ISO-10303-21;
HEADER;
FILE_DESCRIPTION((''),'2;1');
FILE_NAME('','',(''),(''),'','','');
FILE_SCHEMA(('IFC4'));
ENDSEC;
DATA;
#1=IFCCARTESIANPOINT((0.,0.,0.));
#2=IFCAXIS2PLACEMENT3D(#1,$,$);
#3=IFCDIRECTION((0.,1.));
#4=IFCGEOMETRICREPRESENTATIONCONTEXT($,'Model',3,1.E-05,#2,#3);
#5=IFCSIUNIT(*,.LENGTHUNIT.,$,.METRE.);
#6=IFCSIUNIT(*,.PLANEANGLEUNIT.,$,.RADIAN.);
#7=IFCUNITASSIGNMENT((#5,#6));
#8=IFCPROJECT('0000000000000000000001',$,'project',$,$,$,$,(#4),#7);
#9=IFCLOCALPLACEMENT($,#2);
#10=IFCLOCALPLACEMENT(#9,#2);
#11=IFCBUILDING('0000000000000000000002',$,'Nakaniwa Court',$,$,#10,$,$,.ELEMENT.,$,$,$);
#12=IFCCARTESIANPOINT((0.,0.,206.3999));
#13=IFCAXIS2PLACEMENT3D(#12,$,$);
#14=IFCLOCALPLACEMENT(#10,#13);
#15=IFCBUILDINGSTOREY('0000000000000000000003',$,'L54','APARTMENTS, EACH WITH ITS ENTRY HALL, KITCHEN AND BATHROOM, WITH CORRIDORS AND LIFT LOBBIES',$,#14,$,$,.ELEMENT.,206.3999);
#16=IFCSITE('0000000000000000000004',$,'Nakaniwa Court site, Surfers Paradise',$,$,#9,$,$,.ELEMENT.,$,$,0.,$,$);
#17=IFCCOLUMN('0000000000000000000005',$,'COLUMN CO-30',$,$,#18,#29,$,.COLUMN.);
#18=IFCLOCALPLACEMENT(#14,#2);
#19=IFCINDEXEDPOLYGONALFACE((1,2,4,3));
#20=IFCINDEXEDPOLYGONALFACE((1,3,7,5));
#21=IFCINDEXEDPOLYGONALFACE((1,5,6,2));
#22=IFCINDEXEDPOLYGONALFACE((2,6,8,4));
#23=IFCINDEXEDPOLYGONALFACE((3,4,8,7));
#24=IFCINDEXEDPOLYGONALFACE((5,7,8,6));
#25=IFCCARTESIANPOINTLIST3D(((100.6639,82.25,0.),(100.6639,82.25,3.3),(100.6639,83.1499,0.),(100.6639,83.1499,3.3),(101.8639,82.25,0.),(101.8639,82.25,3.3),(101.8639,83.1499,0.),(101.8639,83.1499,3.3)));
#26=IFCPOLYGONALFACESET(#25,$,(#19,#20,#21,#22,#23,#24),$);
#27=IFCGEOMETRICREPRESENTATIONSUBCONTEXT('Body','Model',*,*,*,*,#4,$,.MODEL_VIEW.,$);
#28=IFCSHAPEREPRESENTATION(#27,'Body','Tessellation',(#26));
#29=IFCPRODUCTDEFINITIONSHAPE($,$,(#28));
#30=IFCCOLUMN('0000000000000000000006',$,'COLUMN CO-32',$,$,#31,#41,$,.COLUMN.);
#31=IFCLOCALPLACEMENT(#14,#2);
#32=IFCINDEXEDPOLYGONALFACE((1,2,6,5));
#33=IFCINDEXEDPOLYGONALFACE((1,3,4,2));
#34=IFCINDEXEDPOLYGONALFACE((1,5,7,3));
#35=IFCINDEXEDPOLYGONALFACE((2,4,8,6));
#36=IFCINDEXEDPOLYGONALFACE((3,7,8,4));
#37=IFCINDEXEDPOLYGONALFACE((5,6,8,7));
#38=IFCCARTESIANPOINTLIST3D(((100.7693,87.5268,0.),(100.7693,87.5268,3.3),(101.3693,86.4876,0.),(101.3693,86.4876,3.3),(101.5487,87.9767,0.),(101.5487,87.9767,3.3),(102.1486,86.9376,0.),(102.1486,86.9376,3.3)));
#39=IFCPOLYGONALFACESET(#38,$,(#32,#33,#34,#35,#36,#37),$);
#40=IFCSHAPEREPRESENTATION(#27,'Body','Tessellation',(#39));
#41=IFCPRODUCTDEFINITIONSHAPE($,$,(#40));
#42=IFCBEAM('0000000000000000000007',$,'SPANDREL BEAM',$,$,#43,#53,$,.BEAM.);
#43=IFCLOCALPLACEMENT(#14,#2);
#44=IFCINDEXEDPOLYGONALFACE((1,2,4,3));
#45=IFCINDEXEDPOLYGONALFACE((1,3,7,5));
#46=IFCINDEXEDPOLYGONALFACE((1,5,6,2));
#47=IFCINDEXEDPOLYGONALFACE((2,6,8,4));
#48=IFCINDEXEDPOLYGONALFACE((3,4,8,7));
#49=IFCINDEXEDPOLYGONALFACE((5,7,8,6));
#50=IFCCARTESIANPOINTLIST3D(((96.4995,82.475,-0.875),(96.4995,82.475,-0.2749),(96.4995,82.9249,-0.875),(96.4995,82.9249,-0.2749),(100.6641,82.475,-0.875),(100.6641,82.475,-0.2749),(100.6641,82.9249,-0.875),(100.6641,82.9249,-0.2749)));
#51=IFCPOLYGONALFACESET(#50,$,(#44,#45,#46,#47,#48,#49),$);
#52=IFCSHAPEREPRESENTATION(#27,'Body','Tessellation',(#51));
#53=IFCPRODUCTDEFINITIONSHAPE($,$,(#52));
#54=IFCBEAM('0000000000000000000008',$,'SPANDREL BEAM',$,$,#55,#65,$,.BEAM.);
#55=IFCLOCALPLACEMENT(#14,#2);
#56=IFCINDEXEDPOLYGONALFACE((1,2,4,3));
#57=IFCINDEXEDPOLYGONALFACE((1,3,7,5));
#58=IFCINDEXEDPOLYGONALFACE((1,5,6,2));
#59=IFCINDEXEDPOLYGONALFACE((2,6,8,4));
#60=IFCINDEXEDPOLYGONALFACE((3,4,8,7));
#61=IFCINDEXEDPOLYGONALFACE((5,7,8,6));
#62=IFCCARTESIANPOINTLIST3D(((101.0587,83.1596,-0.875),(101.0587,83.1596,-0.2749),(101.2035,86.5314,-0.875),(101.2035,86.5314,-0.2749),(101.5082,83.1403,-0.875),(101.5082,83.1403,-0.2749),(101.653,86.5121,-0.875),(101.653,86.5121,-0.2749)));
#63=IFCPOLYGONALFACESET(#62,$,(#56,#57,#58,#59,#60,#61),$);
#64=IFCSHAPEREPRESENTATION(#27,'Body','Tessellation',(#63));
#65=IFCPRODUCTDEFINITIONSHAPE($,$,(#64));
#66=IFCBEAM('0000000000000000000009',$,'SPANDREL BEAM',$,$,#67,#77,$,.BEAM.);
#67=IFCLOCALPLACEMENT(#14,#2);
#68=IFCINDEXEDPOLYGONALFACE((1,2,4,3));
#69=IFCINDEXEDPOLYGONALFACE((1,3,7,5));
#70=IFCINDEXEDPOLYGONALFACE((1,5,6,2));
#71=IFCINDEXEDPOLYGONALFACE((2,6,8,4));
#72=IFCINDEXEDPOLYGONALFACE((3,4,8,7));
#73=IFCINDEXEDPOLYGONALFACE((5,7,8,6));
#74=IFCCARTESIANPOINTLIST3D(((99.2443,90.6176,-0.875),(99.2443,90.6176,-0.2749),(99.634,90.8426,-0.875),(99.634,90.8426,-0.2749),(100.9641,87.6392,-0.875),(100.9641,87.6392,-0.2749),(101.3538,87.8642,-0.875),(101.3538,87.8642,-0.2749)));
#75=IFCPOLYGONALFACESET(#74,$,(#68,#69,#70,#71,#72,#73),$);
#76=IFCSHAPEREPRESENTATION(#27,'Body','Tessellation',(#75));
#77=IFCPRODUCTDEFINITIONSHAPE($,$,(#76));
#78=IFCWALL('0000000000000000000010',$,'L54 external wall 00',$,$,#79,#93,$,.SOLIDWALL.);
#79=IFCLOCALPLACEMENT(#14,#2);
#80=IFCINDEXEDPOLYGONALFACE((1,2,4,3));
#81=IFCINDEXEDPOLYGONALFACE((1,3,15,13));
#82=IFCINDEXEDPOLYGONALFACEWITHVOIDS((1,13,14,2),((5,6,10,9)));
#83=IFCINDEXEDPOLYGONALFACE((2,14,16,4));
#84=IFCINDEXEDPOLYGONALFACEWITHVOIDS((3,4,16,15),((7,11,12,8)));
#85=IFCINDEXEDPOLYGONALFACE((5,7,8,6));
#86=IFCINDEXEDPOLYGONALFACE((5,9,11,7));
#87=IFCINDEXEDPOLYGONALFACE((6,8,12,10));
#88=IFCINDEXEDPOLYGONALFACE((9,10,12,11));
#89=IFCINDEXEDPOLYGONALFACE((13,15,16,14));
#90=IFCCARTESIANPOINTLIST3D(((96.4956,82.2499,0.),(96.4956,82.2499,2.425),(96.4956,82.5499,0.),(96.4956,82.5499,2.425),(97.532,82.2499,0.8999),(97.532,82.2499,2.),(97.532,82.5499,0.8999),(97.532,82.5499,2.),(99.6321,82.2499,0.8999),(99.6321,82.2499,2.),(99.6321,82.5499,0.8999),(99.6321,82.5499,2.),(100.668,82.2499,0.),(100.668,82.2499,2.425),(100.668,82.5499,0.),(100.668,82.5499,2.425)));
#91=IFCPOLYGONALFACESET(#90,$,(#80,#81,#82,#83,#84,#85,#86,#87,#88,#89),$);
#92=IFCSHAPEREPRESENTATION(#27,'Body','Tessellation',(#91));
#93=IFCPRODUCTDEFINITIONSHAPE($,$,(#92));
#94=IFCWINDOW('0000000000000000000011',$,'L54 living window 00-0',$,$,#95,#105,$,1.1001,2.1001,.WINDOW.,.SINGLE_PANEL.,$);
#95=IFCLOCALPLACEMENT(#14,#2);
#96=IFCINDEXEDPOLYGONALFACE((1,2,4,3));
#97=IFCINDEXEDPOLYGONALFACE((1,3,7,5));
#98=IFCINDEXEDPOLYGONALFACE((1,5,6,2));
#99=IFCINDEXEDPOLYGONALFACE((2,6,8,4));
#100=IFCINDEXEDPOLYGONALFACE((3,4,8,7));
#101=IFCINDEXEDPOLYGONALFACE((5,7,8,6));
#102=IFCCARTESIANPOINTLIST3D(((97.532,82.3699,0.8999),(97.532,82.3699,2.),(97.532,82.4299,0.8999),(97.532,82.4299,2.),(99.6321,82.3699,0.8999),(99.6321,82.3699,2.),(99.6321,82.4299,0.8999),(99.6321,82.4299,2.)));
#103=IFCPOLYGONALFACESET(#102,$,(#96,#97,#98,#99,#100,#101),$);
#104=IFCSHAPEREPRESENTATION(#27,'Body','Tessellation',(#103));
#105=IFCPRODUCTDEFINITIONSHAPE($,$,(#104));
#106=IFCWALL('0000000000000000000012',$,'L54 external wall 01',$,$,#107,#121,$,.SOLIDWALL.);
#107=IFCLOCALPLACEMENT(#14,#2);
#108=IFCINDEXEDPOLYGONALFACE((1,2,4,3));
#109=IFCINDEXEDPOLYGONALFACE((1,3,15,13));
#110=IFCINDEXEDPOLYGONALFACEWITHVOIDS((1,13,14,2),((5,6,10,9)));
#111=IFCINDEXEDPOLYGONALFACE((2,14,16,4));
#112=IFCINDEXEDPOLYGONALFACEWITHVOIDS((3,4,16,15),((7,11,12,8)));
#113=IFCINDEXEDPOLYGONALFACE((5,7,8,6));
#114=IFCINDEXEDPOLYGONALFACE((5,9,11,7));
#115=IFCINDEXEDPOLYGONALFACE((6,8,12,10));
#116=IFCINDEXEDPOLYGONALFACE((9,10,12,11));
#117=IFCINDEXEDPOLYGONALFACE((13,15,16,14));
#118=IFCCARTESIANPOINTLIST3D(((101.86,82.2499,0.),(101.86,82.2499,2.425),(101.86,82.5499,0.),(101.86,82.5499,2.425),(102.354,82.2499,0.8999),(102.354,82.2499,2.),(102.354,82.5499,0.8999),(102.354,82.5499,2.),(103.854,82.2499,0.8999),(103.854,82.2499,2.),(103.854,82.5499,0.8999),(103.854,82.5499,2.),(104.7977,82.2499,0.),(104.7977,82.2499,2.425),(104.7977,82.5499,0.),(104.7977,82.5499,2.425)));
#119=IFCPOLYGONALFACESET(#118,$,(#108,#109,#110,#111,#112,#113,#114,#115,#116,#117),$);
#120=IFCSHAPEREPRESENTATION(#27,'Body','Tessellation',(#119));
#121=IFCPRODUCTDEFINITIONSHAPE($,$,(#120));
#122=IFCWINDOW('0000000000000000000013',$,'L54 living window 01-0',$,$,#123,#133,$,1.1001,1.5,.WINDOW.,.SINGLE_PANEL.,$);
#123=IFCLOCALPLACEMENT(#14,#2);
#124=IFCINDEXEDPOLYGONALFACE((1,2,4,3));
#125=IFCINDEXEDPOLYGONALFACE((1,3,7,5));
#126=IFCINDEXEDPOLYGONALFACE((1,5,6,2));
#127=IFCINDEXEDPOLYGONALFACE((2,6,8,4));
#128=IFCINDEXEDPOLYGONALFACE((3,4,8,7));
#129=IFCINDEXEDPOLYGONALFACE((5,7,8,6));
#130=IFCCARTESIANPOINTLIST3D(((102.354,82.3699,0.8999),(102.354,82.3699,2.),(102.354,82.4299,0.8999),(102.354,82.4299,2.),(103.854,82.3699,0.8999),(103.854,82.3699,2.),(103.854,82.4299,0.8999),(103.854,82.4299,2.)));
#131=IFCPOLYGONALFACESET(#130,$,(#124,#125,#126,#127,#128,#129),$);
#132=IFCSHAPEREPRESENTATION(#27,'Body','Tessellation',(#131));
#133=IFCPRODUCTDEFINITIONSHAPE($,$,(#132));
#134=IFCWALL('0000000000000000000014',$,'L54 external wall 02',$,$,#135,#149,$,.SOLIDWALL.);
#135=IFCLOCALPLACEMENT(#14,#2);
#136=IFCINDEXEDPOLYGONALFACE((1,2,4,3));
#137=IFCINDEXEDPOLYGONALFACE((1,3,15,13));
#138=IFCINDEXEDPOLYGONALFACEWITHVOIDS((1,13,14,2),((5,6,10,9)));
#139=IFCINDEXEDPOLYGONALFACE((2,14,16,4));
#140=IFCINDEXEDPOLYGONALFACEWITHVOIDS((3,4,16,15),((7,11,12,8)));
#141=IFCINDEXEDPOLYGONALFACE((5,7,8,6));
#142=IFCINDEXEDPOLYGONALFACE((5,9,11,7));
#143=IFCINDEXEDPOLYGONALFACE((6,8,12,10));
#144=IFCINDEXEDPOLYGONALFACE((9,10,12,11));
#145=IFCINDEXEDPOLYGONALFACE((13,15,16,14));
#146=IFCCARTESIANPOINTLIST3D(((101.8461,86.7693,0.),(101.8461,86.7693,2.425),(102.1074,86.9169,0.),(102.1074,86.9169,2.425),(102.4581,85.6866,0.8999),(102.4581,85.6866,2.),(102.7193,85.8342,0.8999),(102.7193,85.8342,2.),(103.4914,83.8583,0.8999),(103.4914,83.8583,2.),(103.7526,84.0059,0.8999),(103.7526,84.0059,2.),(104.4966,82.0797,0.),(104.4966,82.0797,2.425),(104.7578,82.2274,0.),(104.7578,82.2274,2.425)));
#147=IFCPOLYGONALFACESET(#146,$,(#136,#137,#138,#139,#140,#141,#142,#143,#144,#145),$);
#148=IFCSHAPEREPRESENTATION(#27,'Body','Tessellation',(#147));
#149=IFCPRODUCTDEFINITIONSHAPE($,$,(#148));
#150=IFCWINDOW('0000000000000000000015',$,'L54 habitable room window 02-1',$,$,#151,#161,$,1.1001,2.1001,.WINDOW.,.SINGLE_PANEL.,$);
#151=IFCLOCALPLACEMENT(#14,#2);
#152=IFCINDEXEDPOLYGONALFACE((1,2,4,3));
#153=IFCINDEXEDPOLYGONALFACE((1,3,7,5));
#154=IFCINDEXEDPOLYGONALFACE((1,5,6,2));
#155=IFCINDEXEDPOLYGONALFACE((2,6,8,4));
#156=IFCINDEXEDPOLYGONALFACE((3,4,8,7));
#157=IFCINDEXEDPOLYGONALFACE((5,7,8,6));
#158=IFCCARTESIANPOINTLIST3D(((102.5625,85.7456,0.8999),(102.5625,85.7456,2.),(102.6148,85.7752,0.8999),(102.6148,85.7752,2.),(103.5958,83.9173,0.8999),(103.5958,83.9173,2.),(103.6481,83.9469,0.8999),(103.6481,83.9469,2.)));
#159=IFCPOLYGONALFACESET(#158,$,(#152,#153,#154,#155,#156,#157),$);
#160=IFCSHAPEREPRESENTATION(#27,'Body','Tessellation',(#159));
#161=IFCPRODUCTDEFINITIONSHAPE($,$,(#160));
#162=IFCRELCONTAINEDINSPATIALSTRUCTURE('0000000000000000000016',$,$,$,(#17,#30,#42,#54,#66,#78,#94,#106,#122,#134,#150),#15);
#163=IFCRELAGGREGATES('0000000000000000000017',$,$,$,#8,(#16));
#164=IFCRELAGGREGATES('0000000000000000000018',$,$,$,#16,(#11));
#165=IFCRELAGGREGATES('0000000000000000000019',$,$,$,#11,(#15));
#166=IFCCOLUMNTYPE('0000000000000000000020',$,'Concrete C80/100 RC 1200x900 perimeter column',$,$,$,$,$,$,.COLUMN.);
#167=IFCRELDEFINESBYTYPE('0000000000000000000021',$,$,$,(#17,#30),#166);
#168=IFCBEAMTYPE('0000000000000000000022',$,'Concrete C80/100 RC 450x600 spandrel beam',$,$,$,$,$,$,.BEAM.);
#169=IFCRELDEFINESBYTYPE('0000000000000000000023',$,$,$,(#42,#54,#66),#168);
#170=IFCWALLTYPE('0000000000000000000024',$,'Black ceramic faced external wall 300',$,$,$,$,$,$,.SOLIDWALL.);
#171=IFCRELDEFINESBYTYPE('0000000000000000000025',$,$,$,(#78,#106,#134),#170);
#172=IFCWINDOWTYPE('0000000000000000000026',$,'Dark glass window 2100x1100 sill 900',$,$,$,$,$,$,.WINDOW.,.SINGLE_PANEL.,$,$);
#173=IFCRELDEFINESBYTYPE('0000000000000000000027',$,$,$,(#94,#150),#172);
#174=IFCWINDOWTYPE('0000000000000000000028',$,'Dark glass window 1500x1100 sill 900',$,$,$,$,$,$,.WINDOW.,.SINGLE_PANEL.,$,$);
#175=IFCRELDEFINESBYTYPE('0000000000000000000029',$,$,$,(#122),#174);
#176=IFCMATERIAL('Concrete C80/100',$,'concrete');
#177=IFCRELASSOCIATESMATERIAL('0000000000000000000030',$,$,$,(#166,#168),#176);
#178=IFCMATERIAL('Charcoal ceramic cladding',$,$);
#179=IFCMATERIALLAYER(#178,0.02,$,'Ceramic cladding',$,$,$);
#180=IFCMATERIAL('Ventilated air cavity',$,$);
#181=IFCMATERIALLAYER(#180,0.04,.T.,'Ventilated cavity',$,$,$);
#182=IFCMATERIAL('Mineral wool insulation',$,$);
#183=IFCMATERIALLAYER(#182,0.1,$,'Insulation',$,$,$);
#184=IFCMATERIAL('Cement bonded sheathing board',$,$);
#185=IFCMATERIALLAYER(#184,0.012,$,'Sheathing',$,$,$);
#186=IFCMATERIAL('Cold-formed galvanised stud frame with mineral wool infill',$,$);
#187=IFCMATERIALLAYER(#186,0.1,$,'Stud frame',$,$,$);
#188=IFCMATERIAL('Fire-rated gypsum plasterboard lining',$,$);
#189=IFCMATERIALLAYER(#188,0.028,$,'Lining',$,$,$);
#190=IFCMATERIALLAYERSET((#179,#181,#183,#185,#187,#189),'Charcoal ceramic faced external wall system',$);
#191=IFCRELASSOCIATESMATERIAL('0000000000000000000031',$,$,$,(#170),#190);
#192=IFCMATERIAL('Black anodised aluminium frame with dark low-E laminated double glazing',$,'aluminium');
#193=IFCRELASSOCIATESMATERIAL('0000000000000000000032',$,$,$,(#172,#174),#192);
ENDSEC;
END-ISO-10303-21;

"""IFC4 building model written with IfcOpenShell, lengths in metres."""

from ifc_helpers import new_model, si_unit, direction, frame, frame_2d, origin, origin_2d, place, context, subcontext, project, spatial, rectangle, extrude, material, layer, layer_set, material_profile, profile_set, type_object, element, fill, save


model = new_model("IFC4")

# Units and contexts
model_context = context("Model", 3, precision=1e-05, world=origin(), true_north=direction((0.0, 1.0)))
body_context = subcontext(model_context, "Body", "Model", "MODEL_VIEW")
ifc_project = project(units=[si_unit("LENGTHUNIT", "METRE"), si_unit("PLANEANGLEUNIT", "RADIAN")], contexts=[model_context])

# Site, building, storey
site_placement = place(None, origin())
site = spatial("IfcSite", under=ifc_project, at=site_placement, Name="Nakaniwa Court site, Surfers Paradise", CompositionType="ELEMENT", RefElevation=0.0)
building_placement = place(site_placement, origin())
building = spatial("IfcBuilding", under=site, at=building_placement, Name="Nakaniwa Court", CompositionType="ELEMENT")
storey_placement = place(building_placement, frame((0.0, 0.0, 206.3999)))
storey = spatial("IfcBuildingStorey", under=building, at=storey_placement, Name="L54", Description="APARTMENTS, EACH WITH ITS ENTRY HALL, KITCHEN AND BATHROOM, WITH CORRIDORS AND LIFT LOBBIES", CompositionType="ELEMENT", Elevation=206.3999)

# Columns
ifc_material_1 = material(Name="Concrete C80/100", Category="concrete")
ifc_material_profile_1 = material_profile(ifc_material_1, rectangle(XDim=1.2, YDim=0.8999, at=origin_2d()), Name="Concrete C80/100 RC 1200x900 perimeter column")
ifc_profile_set_1 = profile_set([ifc_material_profile_1], Name="Concrete C80/100")
column_type = type_object("IfcColumnType", Name="Concrete C80/100 RC 1200x900 perimeter column", PredefinedType="COLUMN", material=ifc_profile_set_1)
for number, where, z_axis, x_axis, name in (
    (1, (101.2639, 82.7, 0.0), (0.0, 0.0, 1.0), (1.0, 0.0, 0.0), "COLUMN CO-30"),
    (2, (101.459, 87.2322, 0.0), (0.0, 0.0, 1.0), (-0.5, 0.866025, 0.0), "COLUMN CO-32"),
):
    element("IfcColumn", number, at=place(storey_placement, frame(where, z_axis=z_axis, x_axis=x_axis)), inside=storey, type_object=column_type, Name=name, PredefinedType="COLUMN", context=body_context, shape_type="SweptSolid", body=[
        extrude(rectangle(XDim=1.2, YDim=0.8999, at=origin_2d()), origin(), (0.0, 0.0, 1.0), 3.3),
    ])

# Beams
ifc_material_profile_2 = material_profile(ifc_material_1, rectangle(XDim=0.45, YDim=0.6001, at=origin_2d()), Name="Concrete C80/100 RC 450x600 spandrel beam")
ifc_profile_set_2 = profile_set([ifc_material_profile_2], Name="Concrete C80/100")
beam_type = type_object("IfcBeamType", Name="Concrete C80/100 RC 450x600 spandrel beam", PredefinedType="BEAM", material=ifc_profile_set_2)
beam_1_placement = place(storey_placement, frame((96.4995, 82.7, -0.575), z_axis=(1.0, 0.0, 0.0), x_axis=(0.0, 1.0, 0.0)))
element("IfcBeam", 3, at=beam_1_placement, inside=storey, type_object=beam_type, Name="SPANDREL BEAM", PredefinedType="BEAM", context=body_context, shape_type="SweptSolid", body=[
    extrude(rectangle(XDim=0.45, YDim=0.6001, at=origin_2d()), origin(), (0.0, 0.0, 1.0), 4.1646),
])
beam_2_placement = place(storey_placement, frame((101.2834, 83.1499, -0.575), z_axis=(0.042897, 0.999079, 0.0), x_axis=(-0.999079, 0.042897, 0.0)))
element("IfcBeam", 4, at=beam_2_placement, inside=storey, type_object=beam_type, Name="SPANDREL BEAM", PredefinedType="BEAM", context=body_context, shape_type="SweptSolid", body=[
    extrude(rectangle(XDim=0.45, YDim=0.6001, at=origin_2d()), origin(), (0.0, 0.0, 1.0), 3.375),
])
beam_3_placement = place(storey_placement, frame((101.1589, 87.7517, -0.575), z_axis=(-0.500048, 0.865998, 0.0), x_axis=(-0.865998, -0.500048, 0.0)))
element("IfcBeam", 5, at=beam_3_placement, inside=storey, type_object=beam_type, Name="SPANDREL BEAM", PredefinedType="BEAM", context=body_context, shape_type="SweptSolid", body=[
    extrude(rectangle(XDim=0.45, YDim=0.6001, at=origin_2d()), origin(), (0.0, 0.0, 1.0), 3.4392),
])

# Walls, openings, windows
ifc_material_2 = material(Name="Charcoal ceramic cladding")
ifc_layer_1 = layer(ifc_material_2, 0.02, Name="Ceramic cladding")
ifc_material_3 = material(Name="Ventilated air cavity")
ifc_layer_2 = layer(ifc_material_3, 0.04, ventilated=True, Name="Ventilated cavity")
ifc_material_4 = material(Name="Mineral wool insulation")
ifc_layer_3 = layer(ifc_material_4, 0.1, Name="Insulation")
ifc_material_5 = material(Name="Cement bonded sheathing board")
ifc_layer_4 = layer(ifc_material_5, 0.012, Name="Sheathing")
ifc_material_6 = material(Name="Cold-formed galvanised stud frame with mineral wool infill")
ifc_layer_5 = layer(ifc_material_6, 0.1, Name="Stud frame")
ifc_material_7 = material(Name="Fire-rated gypsum plasterboard lining")
ifc_layer_6 = layer(ifc_material_7, 0.028, Name="Lining")
ifc_layer_set_1 = layer_set([ifc_layer_1, ifc_layer_2, ifc_layer_3, ifc_layer_4, ifc_layer_5, ifc_layer_6], Name="Charcoal ceramic faced external wall system")
wall_type_1 = type_object("IfcWallType", Name="Black ceramic faced external wall 300", PredefinedType="SOLIDWALL", material=ifc_layer_set_1)
wall_1_placement = place(storey_placement, frame((96.4956, 82.3999, 0.0), z_axis=(0.0, 0.0, 1.0), x_axis=(1.0, 0.0, 0.0)))
wall_1 = element("IfcWall", 6, at=wall_1_placement, inside=storey, type_object=wall_type_1, Name="L54 external wall 00", PredefinedType="SOLIDWALL", context=body_context, shape_type="SweptSolid", body=[
    extrude(rectangle(XDim=4.1724, YDim=0.3, at=frame_2d((2.0862, 0.0))), origin(), (0.0, 0.0, 1.0), 2.425),
])
opening_1_placement = place(wall_1_placement, frame((1.0364, 0.0, 0.8999)))
opening_1 = element("IfcOpeningElement", 7, at=opening_1_placement, cuts=wall_1, PredefinedType="OPENING", context=body_context, shape_type="SweptSolid", body=[
    extrude(rectangle(XDim=2.1001, YDim=1.1001, at=frame_2d((1.05, 0.55))), frame((0.0, 0.1599, 0.0), z_axis=(0.0, -1.0, 0.0), x_axis=(1.0, 0.0, 0.0)), (0.0, 0.0, 1.0), 0.3201),
])
ifc_material_8 = material(Name="Black anodised aluminium frame with dark low-E laminated double glazing", Category="aluminium")
window_type_1 = type_object("IfcWindowType", Name="Dark glass window 2100x1100 sill 900", PartitioningType="SINGLE_PANEL", PredefinedType="WINDOW", material=ifc_material_8)
window_1_placement = place(opening_1_placement, origin())
window_1 = element("IfcWindow", 8, at=window_1_placement, inside=storey, type_object=window_type_1, Name="L54 living window 00-0", OverallHeight=1.1001, OverallWidth=2.1001, PartitioningType="SINGLE_PANEL", PredefinedType="WINDOW", context=body_context, shape_type="SweptSolid", body=[
    extrude(rectangle(XDim=2.1001, YDim=1.1001, at=frame_2d((1.05, 0.55))), frame((0.0, 0.03, 0.0), z_axis=(0.0, -1.0, 0.0), x_axis=(1.0, 0.0, 0.0)), (0.0, 0.0, 1.0), 0.0601),
])
fill(opening_1, window_1)
wall_2_placement = place(storey_placement, frame((101.8601, 82.3999, 0.0), z_axis=(0.0, 0.0, 1.0), x_axis=(1.0, 0.0, 0.0)))
wall_2 = element("IfcWall", 9, at=wall_2_placement, inside=storey, type_object=wall_type_1, Name="L54 external wall 01", PredefinedType="SOLIDWALL", context=body_context, shape_type="SweptSolid", body=[
    extrude(rectangle(XDim=2.9377, YDim=0.3, at=frame_2d((1.4688, 0.0))), origin(), (0.0, 0.0, 1.0), 2.425),
])
opening_2_placement = place(wall_2_placement, frame((0.4939, 0.0, 0.8999)))
opening_2 = element("IfcOpeningElement", 10, at=opening_2_placement, cuts=wall_2, PredefinedType="OPENING", context=body_context, shape_type="SweptSolid", body=[
    extrude(rectangle(XDim=1.5, YDim=1.1001, at=frame_2d((0.75, 0.55))), frame((0.0, 0.1599, 0.0), z_axis=(0.0, -1.0, 0.0), x_axis=(1.0, 0.0, 0.0)), (0.0, 0.0, 1.0), 0.3201),
])
window_type_2 = type_object("IfcWindowType", Name="Dark glass window 1500x1100 sill 900", PartitioningType="SINGLE_PANEL", PredefinedType="WINDOW", material=ifc_material_8)
window_2_placement = place(opening_2_placement, origin())
window_2 = element("IfcWindow", 11, at=window_2_placement, inside=storey, type_object=window_type_2, Name="L54 living window 01-0", OverallHeight=1.1001, OverallWidth=1.5, PartitioningType="SINGLE_PANEL", PredefinedType="WINDOW", context=body_context, shape_type="SweptSolid", body=[
    extrude(rectangle(XDim=1.5, YDim=1.1001, at=frame_2d((0.75, 0.55))), frame((0.0, 0.03, 0.0), z_axis=(0.0, -1.0, 0.0), x_axis=(1.0, 0.0, 0.0)), (0.0, 0.0, 1.0), 0.0601),
])
fill(opening_2, window_2)
wall_3_placement = place(storey_placement, frame((104.6272, 82.1536, 0.0), z_axis=(0.0, 0.0, 1.0), x_axis=(-0.492033, 0.870576, 0.0)))
wall_3 = element("IfcWall", 12, at=wall_3_placement, inside=storey, type_object=wall_type_1, Name="L54 external wall 02", PredefinedType="SOLIDWALL", context=body_context, shape_type="SweptSolid", body=[
    extrude(rectangle(XDim=5.3867, YDim=0.3, at=frame_2d((2.6934, 0.0))), origin(), (0.0, 0.0, 1.0), 2.425),
])
opening_3_placement = place(wall_3_placement, frame((2.043, 0.0, 0.8999)))
opening_3 = element("IfcOpeningElement", 13, at=opening_3_placement, cuts=wall_3, PredefinedType="OPENING", context=body_context, shape_type="SweptSolid", body=[
    extrude(rectangle(XDim=2.1001, YDim=1.1001, at=frame_2d((1.05, 0.55))), frame((0.0, 0.1599, 0.0), z_axis=(0.0, -1.0, 0.0), x_axis=(1.0, 0.0, 0.0)), (0.0, 0.0, 1.0), 0.3201),
])
window_3_placement = place(opening_3_placement, origin())
window_3 = element("IfcWindow", 14, at=window_3_placement, inside=storey, type_object=window_type_1, Name="L54 habitable room window 02-1", OverallHeight=1.1001, OverallWidth=2.1001, PartitioningType="SINGLE_PANEL", PredefinedType="WINDOW", context=body_context, shape_type="SweptSolid", body=[
    extrude(rectangle(XDim=2.1001, YDim=1.1001, at=frame_2d((1.05, 0.55))), frame((0.0, 0.03, 0.0), z_axis=(0.0, -1.0, 0.0), x_axis=(1.0, 0.0, 0.0)), (0.0, 0.0, 1.0), 0.0601),
])
fill(opening_3, window_3)

save(model, "model.ifc")
